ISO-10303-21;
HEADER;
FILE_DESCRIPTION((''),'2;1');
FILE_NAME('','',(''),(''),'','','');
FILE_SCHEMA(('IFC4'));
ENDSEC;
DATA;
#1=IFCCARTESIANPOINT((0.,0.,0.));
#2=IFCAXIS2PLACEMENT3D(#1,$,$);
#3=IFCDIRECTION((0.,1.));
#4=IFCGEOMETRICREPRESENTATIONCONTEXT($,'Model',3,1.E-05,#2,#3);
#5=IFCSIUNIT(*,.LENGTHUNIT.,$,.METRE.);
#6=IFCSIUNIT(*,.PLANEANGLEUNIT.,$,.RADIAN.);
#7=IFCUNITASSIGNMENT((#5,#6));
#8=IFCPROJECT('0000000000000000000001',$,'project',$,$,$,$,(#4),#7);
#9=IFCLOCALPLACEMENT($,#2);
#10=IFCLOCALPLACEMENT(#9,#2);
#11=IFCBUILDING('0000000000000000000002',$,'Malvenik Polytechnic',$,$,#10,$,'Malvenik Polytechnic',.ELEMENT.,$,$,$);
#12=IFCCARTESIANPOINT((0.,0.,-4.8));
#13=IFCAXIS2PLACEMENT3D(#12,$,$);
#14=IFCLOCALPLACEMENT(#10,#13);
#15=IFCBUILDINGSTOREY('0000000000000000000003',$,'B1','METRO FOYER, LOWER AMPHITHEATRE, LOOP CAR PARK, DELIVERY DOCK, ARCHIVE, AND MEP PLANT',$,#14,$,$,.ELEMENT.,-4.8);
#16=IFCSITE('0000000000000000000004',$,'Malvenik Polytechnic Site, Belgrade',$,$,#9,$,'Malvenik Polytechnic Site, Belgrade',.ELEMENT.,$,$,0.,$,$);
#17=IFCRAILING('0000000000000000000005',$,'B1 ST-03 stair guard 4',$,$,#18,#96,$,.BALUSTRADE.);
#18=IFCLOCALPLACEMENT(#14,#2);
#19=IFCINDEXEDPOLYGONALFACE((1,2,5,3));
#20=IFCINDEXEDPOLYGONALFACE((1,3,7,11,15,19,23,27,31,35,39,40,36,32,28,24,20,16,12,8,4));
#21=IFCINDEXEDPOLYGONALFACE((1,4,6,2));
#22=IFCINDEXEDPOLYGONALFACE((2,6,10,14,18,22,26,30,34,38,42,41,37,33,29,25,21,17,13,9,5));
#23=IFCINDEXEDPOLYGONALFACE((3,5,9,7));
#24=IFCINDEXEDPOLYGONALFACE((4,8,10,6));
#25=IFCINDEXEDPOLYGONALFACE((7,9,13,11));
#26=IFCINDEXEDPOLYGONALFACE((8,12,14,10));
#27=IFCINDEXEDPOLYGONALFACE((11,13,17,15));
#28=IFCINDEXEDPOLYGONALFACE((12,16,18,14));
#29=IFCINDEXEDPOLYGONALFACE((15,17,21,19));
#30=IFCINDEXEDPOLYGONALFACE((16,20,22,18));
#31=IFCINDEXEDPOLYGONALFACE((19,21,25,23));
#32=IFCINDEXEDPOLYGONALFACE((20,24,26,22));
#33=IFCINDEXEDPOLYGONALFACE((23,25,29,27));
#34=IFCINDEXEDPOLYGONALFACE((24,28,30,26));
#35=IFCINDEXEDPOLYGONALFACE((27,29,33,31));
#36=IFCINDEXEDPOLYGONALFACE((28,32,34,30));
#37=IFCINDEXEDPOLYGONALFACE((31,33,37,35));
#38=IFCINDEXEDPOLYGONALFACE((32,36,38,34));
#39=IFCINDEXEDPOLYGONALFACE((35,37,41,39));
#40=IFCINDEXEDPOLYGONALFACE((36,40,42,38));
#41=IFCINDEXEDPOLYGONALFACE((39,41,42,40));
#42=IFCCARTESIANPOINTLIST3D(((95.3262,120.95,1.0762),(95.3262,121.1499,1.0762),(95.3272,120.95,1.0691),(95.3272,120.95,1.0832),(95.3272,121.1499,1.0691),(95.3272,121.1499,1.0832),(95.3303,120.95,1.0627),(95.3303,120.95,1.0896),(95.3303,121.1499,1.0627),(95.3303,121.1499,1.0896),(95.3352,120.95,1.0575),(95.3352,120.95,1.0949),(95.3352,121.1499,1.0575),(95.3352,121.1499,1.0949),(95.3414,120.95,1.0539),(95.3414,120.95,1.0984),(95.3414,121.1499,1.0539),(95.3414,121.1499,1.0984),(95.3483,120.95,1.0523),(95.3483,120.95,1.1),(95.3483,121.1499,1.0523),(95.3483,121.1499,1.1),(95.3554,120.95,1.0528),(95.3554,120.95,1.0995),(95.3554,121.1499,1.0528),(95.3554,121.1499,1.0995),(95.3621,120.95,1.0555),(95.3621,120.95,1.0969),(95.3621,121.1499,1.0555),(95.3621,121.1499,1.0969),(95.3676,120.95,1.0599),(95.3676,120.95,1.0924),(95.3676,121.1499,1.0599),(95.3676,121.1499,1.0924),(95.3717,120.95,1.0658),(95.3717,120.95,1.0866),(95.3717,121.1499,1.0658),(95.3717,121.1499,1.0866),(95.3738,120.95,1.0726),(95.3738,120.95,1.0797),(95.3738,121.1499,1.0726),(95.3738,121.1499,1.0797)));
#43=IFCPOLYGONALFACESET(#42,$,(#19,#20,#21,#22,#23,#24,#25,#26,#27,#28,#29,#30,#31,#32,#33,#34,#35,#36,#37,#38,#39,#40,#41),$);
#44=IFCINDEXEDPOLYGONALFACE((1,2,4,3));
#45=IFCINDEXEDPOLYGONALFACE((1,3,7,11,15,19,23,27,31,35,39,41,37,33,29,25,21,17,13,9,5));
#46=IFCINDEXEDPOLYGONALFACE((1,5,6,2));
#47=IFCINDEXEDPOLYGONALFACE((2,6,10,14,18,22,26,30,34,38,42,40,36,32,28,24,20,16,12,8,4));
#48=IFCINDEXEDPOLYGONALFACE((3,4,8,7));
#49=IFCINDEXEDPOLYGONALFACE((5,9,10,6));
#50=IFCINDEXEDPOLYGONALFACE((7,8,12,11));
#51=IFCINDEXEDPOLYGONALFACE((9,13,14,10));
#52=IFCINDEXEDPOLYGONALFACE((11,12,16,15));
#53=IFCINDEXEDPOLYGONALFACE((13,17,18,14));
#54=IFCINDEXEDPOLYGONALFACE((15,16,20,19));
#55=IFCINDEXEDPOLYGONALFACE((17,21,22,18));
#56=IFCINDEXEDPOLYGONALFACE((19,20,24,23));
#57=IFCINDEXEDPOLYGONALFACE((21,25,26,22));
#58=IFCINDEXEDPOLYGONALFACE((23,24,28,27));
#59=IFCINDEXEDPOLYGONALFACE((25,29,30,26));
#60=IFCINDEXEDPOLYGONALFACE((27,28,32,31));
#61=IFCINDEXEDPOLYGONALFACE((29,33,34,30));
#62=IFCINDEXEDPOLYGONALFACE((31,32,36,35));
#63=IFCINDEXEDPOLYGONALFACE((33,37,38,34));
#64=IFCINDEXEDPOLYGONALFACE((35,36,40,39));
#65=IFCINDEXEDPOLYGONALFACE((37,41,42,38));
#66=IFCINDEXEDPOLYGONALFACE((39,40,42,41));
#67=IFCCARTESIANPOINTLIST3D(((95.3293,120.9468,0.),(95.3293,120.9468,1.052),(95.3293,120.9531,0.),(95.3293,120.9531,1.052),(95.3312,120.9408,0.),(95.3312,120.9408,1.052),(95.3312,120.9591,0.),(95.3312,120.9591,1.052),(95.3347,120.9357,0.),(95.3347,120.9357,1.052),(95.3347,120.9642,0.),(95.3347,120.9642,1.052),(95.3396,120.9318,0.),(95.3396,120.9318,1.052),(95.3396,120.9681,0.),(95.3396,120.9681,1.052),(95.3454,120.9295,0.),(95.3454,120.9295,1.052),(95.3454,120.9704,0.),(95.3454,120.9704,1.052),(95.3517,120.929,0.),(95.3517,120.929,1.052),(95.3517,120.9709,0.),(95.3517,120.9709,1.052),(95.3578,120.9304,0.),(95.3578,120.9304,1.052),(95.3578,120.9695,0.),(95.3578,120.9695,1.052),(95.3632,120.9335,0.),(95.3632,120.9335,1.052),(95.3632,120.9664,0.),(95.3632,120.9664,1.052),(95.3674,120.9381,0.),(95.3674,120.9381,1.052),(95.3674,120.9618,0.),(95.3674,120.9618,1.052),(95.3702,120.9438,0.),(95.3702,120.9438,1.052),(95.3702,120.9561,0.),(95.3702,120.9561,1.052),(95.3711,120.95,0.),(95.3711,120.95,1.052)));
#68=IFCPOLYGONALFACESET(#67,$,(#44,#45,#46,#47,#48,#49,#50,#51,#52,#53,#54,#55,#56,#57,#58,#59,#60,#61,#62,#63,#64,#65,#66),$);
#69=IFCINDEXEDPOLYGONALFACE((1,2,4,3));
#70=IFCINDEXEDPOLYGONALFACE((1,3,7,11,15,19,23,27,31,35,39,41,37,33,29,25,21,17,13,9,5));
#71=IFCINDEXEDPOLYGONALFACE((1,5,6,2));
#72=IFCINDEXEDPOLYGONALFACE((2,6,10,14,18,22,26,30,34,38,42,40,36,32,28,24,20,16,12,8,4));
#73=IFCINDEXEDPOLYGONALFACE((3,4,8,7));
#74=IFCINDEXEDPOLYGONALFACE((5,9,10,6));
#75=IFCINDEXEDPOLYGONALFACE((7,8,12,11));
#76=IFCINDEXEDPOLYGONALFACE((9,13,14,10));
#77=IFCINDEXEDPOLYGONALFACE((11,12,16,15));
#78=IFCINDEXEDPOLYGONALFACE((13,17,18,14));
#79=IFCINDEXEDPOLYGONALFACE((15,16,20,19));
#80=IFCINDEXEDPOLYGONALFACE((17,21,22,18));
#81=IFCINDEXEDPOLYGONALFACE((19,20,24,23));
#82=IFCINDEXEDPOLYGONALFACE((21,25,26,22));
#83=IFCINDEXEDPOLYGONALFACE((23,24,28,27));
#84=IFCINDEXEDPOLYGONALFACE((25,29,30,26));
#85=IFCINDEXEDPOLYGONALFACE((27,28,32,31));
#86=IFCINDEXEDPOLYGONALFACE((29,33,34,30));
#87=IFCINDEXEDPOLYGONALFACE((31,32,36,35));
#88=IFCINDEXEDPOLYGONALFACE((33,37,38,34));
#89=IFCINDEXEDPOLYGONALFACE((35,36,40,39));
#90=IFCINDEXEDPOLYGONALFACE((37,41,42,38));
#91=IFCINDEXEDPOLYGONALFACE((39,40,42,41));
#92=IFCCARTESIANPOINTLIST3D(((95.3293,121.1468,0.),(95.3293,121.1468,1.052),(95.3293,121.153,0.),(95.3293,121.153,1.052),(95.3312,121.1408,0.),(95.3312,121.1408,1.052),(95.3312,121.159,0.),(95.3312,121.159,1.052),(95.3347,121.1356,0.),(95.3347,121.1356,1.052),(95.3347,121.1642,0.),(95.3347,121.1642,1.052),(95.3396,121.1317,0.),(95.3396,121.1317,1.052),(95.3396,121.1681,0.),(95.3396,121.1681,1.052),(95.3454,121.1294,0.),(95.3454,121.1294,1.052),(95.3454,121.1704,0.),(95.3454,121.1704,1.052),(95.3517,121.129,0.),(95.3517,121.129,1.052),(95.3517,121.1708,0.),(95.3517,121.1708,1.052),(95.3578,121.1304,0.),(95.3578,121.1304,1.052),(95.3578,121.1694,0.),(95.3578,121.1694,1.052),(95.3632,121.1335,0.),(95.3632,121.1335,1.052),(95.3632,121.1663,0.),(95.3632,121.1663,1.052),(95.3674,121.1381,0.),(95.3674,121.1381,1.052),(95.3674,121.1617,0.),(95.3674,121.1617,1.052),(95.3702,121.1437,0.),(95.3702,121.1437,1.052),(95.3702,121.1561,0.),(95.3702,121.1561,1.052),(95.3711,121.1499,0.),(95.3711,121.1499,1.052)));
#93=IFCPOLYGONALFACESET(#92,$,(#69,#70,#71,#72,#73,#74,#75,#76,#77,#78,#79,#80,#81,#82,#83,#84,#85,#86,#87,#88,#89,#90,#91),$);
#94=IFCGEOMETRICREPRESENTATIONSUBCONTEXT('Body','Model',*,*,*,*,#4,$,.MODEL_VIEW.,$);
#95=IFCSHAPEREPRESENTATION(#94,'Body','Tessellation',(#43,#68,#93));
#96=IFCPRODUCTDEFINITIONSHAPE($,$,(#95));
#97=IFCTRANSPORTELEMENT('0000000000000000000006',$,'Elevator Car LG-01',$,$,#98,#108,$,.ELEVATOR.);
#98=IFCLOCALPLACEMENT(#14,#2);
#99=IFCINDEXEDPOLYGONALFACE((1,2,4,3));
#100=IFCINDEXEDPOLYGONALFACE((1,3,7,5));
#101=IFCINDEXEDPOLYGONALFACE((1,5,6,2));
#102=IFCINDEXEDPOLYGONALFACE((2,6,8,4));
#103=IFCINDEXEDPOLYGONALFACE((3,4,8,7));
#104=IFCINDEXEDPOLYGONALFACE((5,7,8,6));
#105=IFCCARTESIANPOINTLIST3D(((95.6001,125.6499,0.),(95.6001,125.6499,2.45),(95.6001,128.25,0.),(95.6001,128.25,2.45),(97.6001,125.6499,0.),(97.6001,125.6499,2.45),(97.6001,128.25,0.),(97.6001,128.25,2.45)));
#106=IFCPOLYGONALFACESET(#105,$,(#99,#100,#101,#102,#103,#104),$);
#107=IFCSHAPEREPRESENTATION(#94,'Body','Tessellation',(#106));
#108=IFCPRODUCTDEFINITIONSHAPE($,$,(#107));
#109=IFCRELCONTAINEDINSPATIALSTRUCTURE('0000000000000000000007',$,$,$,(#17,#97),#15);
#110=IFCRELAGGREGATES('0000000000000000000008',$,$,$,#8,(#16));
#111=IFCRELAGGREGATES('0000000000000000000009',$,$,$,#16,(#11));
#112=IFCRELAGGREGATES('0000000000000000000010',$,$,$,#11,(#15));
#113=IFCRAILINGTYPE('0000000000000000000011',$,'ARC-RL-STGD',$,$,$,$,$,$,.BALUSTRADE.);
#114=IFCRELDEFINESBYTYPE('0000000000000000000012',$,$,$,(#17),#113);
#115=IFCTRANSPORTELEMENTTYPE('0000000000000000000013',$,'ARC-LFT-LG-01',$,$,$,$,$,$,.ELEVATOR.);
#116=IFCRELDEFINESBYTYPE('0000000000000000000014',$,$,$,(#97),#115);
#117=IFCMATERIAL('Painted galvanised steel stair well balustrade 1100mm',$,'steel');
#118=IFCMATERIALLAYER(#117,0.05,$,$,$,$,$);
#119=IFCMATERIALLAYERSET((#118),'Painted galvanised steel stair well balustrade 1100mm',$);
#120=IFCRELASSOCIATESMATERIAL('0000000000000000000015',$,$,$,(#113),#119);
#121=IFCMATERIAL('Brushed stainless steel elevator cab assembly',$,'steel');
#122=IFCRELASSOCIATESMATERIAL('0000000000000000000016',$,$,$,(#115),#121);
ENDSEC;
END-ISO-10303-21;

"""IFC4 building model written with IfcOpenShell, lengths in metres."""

from ifc_helpers import new_model, si_unit, direction, frame, origin, origin_2d, place, context, subcontext, project, spatial, rectangle, circle, extrude, material, layer, layer_set, type_object, element, save


model = new_model("IFC4")

# Units and contexts
model_context = context("Model", 3, precision=1e-05, world=origin(), true_north=direction((0.0, 1.0)))
body_context = subcontext(model_context, "Body", "Model", "MODEL_VIEW")
ifc_project = project(units=[si_unit("LENGTHUNIT", "METRE"), si_unit("PLANEANGLEUNIT", "RADIAN")], contexts=[model_context])

# Site, building, storey
site_placement = place(None, origin())
site = spatial("IfcSite", under=ifc_project, at=site_placement, Name="Malvenik Polytechnic Site, Belgrade", LongName="Malvenik Polytechnic Site, Belgrade", CompositionType="ELEMENT", RefElevation=0.0)
building_placement = place(site_placement, origin())
building = spatial("IfcBuilding", under=site, at=building_placement, Name="Malvenik Polytechnic", LongName="Malvenik Polytechnic", CompositionType="ELEMENT")
storey_placement = place(building_placement, frame((0.0, 0.0, -4.8)))
storey = spatial("IfcBuildingStorey", under=building, at=storey_placement, Name="B1", Description="METRO FOYER, LOWER AMPHITHEATRE, LOOP CAR PARK, DELIVERY DOCK, ARCHIVE, AND MEP PLANT", CompositionType="ELEMENT", Elevation=-4.8)

# Railing
ifc_material_1 = material(Name="Painted galvanised steel stair well balustrade 1100mm", Category="steel")
ifc_layer_1 = layer(ifc_material_1, 0.05)
ifc_layer_set_1 = layer_set([ifc_layer_1], Name="Painted galvanised steel stair well balustrade 1100mm")
railing_type = type_object("IfcRailingType", Name="ARC-RL-STGD", PredefinedType="BALUSTRADE", material=ifc_layer_set_1)
railing_1_placement = place(storey_placement, frame((95.3501, 120.95, 0.0)))
element("IfcRailing", 1, at=railing_1_placement, inside=storey, type_object=railing_type, Name="B1 ST-03 stair guard 4", PredefinedType="BALUSTRADE", context=body_context, shape_type="SweptSolid", body=[
    extrude(circle(Radius=0.0239, at=origin_2d()), frame((0.0, 0.0, 1.0762), z_axis=(0.0, 1.0, 0.0), x_axis=(-1.0, 0.0, 0.0)), (0.0, 0.0, 1.0), 0.2),
    extrude(circle(Radius=0.021, at=origin_2d()), origin(), (0.0, 0.0, 1.0), 1.052),
    extrude(circle(Radius=0.021, at=origin_2d()), frame((0.0, 0.2, 0.0)), (0.0, 0.0, 1.0), 1.052),
])

# Transport element
ifc_material_2 = material(Name="Brushed stainless steel elevator cab assembly", Category="steel")
transport_element_type = type_object("IfcTransportElementType", Name="ARC-LFT-LG-01", PredefinedType="ELEVATOR", material=ifc_material_2)
transport_element_placement = place(storey_placement, frame((96.6001, 126.95, 0.0), z_axis=(0.0, 0.0, 1.0), x_axis=(1.0, 0.0, 0.0)))
element("IfcTransportElement", 2, at=transport_element_placement, inside=storey, type_object=transport_element_type, Name="Elevator Car LG-01", PredefinedType="ELEVATOR", context=body_context, shape_type="SweptSolid", body=[
    extrude(rectangle(XDim=2.0, YDim=2.6001, at=origin_2d()), origin(), (0.0, 0.0, 1.0), 2.45),
])

save(model, "model.ifc")
